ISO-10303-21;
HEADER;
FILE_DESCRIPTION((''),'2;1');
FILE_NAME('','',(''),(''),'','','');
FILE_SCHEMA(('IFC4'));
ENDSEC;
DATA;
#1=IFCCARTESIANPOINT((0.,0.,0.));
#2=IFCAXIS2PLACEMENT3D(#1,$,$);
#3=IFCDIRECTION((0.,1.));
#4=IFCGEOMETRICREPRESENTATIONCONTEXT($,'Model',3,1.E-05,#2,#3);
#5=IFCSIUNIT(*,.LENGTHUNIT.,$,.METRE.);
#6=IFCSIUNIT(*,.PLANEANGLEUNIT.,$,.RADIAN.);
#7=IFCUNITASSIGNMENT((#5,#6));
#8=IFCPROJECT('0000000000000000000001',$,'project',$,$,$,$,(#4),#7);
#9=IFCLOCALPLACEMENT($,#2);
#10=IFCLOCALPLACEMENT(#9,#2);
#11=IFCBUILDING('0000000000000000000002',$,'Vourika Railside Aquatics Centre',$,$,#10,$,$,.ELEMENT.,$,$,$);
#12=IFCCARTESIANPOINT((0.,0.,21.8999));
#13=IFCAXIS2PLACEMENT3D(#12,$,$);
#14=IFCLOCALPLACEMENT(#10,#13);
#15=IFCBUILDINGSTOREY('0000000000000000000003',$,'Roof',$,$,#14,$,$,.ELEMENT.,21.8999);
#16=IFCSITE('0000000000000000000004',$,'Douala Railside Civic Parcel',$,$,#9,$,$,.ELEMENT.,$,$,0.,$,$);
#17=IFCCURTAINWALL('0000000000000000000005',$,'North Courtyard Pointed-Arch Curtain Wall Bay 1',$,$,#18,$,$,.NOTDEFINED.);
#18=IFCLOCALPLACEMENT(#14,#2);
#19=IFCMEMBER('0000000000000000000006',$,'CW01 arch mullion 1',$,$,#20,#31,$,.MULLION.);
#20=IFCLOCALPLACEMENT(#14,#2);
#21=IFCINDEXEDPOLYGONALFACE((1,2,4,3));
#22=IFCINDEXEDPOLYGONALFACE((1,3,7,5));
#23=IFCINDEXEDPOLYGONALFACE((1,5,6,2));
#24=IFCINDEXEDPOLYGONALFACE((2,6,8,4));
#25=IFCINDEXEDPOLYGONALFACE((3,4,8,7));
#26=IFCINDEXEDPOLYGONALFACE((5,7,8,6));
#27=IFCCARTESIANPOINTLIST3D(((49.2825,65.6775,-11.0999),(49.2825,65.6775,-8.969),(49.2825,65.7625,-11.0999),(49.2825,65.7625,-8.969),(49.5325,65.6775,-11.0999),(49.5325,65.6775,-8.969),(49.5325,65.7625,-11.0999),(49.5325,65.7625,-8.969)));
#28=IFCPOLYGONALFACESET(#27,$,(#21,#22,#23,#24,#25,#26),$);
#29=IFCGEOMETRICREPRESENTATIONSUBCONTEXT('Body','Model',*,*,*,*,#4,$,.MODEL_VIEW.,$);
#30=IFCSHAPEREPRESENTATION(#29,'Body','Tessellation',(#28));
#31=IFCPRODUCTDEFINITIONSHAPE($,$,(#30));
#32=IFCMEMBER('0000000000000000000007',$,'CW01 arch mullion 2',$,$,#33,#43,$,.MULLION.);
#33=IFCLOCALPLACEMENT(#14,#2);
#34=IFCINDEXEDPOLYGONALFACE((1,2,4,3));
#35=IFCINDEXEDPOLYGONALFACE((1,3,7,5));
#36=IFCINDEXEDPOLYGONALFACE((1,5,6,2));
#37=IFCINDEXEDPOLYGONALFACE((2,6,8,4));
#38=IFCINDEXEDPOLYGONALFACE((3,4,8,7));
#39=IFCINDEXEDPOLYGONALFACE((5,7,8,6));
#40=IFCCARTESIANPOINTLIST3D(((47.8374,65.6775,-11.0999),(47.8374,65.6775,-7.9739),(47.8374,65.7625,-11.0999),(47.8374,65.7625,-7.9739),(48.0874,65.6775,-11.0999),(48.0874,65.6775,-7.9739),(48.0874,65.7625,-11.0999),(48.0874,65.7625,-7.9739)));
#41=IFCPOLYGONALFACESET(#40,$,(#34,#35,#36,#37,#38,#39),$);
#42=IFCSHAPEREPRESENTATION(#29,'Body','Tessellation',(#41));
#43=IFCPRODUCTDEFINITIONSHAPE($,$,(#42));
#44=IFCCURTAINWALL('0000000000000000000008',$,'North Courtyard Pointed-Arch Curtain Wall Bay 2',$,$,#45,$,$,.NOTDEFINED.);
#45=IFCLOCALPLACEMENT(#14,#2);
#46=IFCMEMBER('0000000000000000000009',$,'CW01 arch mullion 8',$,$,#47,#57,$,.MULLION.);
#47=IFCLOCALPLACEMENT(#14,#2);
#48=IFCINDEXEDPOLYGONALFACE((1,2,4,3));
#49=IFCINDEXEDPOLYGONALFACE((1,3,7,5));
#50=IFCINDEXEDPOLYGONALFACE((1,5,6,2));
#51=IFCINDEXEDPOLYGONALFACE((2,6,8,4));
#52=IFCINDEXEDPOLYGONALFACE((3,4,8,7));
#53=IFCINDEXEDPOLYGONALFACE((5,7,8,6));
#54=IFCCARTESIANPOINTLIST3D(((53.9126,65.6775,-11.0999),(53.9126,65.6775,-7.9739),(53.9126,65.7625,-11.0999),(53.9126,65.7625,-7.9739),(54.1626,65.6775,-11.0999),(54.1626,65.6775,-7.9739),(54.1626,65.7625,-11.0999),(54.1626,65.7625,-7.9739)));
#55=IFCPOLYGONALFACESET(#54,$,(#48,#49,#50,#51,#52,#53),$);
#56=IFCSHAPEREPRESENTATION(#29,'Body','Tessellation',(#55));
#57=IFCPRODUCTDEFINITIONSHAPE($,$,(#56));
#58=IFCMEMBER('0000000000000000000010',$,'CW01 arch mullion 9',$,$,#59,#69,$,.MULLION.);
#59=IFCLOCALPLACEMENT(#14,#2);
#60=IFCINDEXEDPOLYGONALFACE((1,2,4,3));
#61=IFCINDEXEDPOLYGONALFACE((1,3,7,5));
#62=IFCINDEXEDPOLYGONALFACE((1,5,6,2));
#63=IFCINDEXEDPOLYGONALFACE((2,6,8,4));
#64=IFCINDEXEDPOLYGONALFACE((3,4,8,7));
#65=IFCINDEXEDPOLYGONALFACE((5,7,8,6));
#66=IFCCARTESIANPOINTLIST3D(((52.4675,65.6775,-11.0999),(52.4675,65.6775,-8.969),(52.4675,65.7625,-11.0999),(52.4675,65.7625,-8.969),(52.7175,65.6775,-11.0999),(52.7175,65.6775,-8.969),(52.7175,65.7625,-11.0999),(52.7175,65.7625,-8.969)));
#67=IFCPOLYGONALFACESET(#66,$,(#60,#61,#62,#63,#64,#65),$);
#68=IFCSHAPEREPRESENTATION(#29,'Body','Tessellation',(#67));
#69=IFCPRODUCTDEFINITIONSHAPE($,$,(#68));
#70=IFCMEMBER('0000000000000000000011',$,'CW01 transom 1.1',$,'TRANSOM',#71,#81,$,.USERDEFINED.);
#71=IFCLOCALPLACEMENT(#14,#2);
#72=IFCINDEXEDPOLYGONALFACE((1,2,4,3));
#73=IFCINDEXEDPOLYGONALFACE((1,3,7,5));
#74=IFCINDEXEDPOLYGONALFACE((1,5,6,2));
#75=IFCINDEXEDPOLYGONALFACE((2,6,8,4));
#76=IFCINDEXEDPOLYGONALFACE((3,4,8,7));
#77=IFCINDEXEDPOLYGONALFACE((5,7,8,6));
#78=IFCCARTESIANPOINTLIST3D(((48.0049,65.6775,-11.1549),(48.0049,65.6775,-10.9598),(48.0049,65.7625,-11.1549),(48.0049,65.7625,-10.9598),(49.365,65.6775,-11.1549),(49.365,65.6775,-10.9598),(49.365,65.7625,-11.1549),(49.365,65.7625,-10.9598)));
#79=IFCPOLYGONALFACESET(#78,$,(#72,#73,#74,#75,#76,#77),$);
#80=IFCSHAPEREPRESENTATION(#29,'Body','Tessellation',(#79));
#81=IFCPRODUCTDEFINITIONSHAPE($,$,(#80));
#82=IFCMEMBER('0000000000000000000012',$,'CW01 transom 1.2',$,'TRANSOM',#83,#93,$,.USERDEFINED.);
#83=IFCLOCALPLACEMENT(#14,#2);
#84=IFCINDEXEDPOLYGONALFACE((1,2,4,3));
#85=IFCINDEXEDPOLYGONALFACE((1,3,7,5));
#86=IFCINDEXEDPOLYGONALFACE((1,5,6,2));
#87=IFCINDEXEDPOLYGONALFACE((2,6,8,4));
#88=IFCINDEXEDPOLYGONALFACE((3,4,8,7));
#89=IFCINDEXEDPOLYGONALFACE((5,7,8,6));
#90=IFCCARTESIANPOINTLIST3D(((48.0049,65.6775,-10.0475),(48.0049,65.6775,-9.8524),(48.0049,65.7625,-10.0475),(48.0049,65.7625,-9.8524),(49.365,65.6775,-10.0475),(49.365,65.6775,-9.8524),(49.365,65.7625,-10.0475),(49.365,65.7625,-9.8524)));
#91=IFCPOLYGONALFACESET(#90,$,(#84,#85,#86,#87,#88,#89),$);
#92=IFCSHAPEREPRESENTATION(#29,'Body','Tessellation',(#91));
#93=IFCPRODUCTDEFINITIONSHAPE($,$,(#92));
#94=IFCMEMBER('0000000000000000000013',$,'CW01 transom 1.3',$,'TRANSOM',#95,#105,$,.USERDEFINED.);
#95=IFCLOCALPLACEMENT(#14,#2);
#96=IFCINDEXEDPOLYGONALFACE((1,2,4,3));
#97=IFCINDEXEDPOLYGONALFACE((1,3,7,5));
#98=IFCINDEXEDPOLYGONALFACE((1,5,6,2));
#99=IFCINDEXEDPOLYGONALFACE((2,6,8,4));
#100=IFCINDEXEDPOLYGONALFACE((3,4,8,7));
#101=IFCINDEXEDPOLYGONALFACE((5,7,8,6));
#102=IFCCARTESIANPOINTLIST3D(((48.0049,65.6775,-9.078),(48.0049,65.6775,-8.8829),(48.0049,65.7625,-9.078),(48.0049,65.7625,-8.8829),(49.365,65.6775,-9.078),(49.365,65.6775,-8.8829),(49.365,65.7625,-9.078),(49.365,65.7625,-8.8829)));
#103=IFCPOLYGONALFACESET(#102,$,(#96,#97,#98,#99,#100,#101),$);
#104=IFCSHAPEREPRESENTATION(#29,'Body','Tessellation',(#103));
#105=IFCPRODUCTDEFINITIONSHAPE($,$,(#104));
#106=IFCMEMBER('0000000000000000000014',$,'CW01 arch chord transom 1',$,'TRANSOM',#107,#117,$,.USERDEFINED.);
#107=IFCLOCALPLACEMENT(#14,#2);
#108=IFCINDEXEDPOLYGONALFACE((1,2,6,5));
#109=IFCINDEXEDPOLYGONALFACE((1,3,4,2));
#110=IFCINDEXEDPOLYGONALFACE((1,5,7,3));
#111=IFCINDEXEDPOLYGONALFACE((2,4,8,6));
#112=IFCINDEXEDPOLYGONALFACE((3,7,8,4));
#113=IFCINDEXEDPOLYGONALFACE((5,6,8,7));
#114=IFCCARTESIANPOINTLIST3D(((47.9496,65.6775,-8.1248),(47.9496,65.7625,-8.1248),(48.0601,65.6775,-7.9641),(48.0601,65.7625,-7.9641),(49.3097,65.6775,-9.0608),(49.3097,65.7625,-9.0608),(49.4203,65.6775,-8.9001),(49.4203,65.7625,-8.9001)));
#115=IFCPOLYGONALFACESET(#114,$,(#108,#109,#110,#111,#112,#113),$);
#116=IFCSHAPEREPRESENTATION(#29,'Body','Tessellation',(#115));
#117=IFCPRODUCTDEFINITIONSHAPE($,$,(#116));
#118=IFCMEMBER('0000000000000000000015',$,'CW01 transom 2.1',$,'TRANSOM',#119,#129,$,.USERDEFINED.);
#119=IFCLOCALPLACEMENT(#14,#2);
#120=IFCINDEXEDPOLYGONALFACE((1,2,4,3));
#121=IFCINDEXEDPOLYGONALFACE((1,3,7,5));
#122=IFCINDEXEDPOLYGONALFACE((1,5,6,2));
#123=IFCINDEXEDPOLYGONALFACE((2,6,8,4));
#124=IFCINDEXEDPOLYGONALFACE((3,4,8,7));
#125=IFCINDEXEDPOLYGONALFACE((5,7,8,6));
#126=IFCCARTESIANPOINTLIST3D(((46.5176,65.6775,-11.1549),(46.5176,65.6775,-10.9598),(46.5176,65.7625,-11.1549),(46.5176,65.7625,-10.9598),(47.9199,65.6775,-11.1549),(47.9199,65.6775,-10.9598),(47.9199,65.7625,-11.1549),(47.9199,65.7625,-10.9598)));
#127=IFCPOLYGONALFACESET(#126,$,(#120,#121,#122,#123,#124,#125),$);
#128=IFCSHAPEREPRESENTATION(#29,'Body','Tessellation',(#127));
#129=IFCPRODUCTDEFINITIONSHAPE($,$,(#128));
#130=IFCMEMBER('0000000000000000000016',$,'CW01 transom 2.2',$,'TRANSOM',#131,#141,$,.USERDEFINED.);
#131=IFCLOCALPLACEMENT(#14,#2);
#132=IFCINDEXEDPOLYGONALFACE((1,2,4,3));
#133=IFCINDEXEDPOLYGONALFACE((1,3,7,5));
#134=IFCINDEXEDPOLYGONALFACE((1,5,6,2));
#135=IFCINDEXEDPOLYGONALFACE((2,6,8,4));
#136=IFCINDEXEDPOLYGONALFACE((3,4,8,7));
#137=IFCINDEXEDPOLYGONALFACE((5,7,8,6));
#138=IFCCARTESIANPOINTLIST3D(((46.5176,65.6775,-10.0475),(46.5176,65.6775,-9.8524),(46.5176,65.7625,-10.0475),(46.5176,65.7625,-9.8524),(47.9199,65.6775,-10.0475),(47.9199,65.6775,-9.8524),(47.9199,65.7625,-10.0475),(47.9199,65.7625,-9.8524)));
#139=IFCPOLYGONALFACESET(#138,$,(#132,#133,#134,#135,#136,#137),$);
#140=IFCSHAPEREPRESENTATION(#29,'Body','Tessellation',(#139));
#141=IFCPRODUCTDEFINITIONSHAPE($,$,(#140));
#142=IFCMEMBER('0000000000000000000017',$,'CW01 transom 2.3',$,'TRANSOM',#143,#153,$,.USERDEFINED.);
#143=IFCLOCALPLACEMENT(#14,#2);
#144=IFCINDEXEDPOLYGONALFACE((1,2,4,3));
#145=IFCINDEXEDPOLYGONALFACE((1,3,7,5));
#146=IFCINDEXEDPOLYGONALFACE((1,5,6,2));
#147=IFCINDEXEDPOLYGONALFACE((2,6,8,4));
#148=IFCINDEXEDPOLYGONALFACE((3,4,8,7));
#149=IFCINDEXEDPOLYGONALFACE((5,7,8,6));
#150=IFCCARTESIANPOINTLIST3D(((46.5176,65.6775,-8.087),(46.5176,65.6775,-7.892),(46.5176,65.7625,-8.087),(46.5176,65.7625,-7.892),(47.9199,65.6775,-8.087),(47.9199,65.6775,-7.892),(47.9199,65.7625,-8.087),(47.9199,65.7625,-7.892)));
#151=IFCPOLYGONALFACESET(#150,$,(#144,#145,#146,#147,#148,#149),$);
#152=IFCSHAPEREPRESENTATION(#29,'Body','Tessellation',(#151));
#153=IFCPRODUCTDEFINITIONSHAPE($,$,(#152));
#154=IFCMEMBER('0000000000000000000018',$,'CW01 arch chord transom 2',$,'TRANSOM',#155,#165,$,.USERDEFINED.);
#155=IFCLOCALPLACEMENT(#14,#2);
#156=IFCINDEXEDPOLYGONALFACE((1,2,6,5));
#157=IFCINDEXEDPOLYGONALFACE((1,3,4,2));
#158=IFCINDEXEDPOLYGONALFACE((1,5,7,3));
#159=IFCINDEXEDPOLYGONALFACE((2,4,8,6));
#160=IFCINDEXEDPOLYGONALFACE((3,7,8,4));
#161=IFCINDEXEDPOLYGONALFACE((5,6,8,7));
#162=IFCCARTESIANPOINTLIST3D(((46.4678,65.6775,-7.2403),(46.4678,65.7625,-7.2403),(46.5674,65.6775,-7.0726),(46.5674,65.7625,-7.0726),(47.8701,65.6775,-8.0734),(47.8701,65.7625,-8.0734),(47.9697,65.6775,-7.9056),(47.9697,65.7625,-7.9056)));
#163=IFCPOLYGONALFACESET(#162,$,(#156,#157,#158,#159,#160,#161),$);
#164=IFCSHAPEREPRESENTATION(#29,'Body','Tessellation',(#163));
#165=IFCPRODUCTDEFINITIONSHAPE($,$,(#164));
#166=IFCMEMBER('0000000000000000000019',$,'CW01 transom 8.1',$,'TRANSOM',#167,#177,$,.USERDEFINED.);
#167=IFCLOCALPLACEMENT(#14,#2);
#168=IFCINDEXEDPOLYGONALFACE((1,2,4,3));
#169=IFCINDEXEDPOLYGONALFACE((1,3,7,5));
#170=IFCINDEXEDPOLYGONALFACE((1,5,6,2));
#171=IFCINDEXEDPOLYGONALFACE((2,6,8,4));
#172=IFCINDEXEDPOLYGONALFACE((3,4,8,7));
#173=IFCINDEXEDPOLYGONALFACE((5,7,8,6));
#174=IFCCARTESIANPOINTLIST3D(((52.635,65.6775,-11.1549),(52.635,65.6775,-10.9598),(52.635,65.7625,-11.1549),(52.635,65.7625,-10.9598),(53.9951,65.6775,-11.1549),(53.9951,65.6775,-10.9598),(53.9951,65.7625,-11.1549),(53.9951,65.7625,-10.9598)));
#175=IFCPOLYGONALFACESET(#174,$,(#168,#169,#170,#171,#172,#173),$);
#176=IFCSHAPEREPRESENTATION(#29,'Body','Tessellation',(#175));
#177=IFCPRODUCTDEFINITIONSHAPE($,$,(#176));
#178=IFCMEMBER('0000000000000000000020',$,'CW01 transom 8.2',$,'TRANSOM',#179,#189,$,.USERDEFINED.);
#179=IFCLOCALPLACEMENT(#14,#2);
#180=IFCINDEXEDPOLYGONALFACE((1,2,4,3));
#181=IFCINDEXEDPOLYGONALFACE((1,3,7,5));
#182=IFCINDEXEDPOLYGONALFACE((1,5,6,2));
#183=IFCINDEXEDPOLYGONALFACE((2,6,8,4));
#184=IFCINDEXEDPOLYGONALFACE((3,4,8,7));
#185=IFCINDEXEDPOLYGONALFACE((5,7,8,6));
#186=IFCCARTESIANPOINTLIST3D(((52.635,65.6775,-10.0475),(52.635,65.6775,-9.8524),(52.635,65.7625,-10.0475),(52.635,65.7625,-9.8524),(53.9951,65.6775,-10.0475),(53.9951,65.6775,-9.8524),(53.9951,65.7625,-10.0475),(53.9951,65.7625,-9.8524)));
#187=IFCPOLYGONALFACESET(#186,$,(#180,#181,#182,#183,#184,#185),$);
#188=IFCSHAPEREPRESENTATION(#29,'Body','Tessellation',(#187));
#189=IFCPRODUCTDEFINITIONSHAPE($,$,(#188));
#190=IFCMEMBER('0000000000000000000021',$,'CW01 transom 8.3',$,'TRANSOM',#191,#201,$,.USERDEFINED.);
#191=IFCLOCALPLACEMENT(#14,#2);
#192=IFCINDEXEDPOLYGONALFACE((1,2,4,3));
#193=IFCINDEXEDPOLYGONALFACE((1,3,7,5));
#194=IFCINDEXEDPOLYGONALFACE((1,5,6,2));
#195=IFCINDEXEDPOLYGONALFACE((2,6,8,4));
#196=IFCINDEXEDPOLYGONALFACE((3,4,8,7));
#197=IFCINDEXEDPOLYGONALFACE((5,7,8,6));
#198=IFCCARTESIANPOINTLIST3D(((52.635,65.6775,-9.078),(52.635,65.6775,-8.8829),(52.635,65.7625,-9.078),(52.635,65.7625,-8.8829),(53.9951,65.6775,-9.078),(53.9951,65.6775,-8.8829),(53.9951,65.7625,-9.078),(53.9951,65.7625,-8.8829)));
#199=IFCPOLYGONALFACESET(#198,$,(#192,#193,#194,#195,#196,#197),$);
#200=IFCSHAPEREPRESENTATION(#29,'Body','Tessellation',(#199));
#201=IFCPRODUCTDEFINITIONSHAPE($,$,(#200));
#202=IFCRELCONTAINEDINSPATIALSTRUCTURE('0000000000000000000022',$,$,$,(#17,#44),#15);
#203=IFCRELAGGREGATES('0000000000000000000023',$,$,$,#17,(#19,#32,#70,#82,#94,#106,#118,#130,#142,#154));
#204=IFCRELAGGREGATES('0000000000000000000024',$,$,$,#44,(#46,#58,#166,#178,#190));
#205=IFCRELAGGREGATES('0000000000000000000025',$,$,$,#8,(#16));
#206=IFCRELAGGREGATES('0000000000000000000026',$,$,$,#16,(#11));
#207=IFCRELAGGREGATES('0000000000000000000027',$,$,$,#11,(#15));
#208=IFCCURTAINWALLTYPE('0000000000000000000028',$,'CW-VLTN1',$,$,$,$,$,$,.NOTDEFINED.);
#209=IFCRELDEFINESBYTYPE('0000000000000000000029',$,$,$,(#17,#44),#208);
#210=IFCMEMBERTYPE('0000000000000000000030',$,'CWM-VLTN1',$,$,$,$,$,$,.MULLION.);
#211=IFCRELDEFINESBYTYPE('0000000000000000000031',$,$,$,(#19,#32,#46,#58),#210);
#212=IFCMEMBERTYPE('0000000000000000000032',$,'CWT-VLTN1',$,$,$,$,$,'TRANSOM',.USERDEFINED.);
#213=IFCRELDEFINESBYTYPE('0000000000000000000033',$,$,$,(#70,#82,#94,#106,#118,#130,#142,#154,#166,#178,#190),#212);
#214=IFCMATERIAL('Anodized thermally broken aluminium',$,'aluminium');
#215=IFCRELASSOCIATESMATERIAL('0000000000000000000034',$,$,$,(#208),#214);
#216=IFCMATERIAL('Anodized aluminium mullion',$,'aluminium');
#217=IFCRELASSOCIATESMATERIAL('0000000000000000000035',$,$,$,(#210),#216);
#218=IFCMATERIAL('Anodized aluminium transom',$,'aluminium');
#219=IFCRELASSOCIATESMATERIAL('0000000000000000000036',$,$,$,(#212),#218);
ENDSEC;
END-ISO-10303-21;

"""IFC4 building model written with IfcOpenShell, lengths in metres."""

from ifc_helpers import new_model, si_unit, direction, frame, origin, origin_2d, place, context, subcontext, project, spatial, rectangle, extrude, material, material_profile, profile_set, type_object, element, aggregate, save


model = new_model("IFC4")

# Units and contexts
model_context = context("Model", 3, precision=1e-05, world=origin(), true_north=direction((0.0, 1.0)))
body_context = subcontext(model_context, "Body", "Model", "MODEL_VIEW")
ifc_project = project(units=[si_unit("LENGTHUNIT", "METRE"), si_unit("PLANEANGLEUNIT", "RADIAN")], contexts=[model_context])

# Site, building, storey
site_placement = place(None, origin())
site = spatial("IfcSite", under=ifc_project, at=site_placement, Name="Douala Railside Civic Parcel", CompositionType="ELEMENT", RefElevation=0.0)
building_placement = place(site_placement, origin())
building = spatial("IfcBuilding", under=site, at=building_placement, Name="Vourika Railside Aquatics Centre", CompositionType="ELEMENT")
storey_placement = place(building_placement, frame((0.0, 0.0, 21.8999)))
storey = spatial("IfcBuildingStorey", under=building, at=storey_placement, Name="Roof", CompositionType="ELEMENT", Elevation=21.8999)

# Curtain walls, members
ifc_material_1 = material(Name="Anodized thermally broken aluminium", Category="aluminium")
curtain_wall_type = type_object("IfcCurtainWallType", Name="CW-VLTN1", PredefinedType="NOTDEFINED", material=ifc_material_1)
curtain_wall_1_placement = place(storey_placement, origin())
curtain_wall_1 = element("IfcCurtainWall", 1, at=curtain_wall_1_placement, inside=storey, type_object=curtain_wall_type, Name="North Courtyard Pointed-Arch Curtain Wall Bay 1", PredefinedType="NOTDEFINED")
ifc_material_2 = material(Name="Anodized aluminium mullion", Category="aluminium")
ifc_material_profile_1 = material_profile(ifc_material_2, rectangle(XDim=0.085, YDim=0.25, at=origin_2d()), Name="ALU-M 85x250")
ifc_profile_set_1 = profile_set([ifc_material_profile_1], Name="Anodized aluminium mullion")
member_type_1 = type_object("IfcMemberType", Name="CWM-VLTN1", PredefinedType="MULLION", material=ifc_profile_set_1)
member_1_placement = place(storey_placement, frame((49.4075, 65.72, -11.0999), z_axis=(0.0, 0.0, 1.0), x_axis=(0.0, -1.0, 0.0)))
member_1 = element("IfcMember", 2, at=member_1_placement, type_object=member_type_1, Name="CW01 arch mullion 1", PredefinedType="MULLION", context=body_context, shape_type="SweptSolid", body=[
    extrude(rectangle(XDim=0.085, YDim=0.25, at=origin_2d()), origin(), (0.0, 0.0, 1.0), 2.1309),
])
member_2_placement = place(storey_placement, frame((47.9624, 65.72, -11.0999), z_axis=(0.0, 0.0, 1.0), x_axis=(0.0, -1.0, 0.0)))
member_2 = element("IfcMember", 3, at=member_2_placement, type_object=member_type_1, Name="CW01 arch mullion 2", PredefinedType="MULLION", context=body_context, shape_type="SweptSolid", body=[
    extrude(rectangle(XDim=0.085, YDim=0.25, at=origin_2d()), origin(), (0.0, 0.0, 1.0), 3.126),
])
curtain_wall_2_placement = place(storey_placement, origin())
curtain_wall_2 = element("IfcCurtainWall", 4, at=curtain_wall_2_placement, inside=storey, type_object=curtain_wall_type, Name="North Courtyard Pointed-Arch Curtain Wall Bay 2", PredefinedType="NOTDEFINED")
member_3_placement = place(storey_placement, frame((54.0376, 65.72, -11.0999), z_axis=(0.0, 0.0, 1.0), x_axis=(0.0, -1.0, 0.0)))
member_3 = element("IfcMember", 5, at=member_3_placement, type_object=member_type_1, Name="CW01 arch mullion 8", PredefinedType="MULLION", context=body_context, shape_type="SweptSolid", body=[
    extrude(rectangle(XDim=0.085, YDim=0.25, at=origin_2d()), origin(), (0.0, 0.0, 1.0), 3.126),
])
member_4_placement = place(storey_placement, frame((52.5925, 65.72, -11.0999), z_axis=(0.0, 0.0, 1.0), x_axis=(0.0, -1.0, 0.0)))
member_4 = element("IfcMember", 6, at=member_4_placement, type_object=member_type_1, Name="CW01 arch mullion 9", PredefinedType="MULLION", context=body_context, shape_type="SweptSolid", body=[
    extrude(rectangle(XDim=0.085, YDim=0.25, at=origin_2d()), origin(), (0.0, 0.0, 1.0), 2.1309),
])

# Members
ifc_material_3 = material(Name="Anodized aluminium transom", Category="aluminium")
ifc_material_profile_2 = material_profile(ifc_material_3, rectangle(XDim=0.085, YDim=0.1951, at=origin_2d()), Name="ALU-T 85x195")
ifc_profile_set_2 = profile_set([ifc_material_profile_2], Name="Anodized aluminium transom")
member_type_2 = type_object("IfcMemberType", Name="CWT-VLTN1", ElementType="TRANSOM", PredefinedType="USERDEFINED", material=ifc_profile_set_2)
member_5_placement = place(storey_placement, frame((49.365, 65.72, -11.0574), z_axis=(-1.0, 0.0, 0.0), x_axis=(0.0, -1.0, 0.0)))
member_5 = element("IfcMember", 7, at=member_5_placement, type_object=member_type_2, Name="CW01 transom 1.1", ObjectType="TRANSOM", PredefinedType="USERDEFINED", context=body_context, shape_type="SweptSolid", body=[
    extrude(rectangle(XDim=0.085, YDim=0.1951, at=origin_2d()), origin(), (0.0, 0.0, 1.0), 1.3601),
])
member_6_placement = place(storey_placement, frame((49.365, 65.72, -9.95), z_axis=(-1.0, 0.0, 0.0), x_axis=(0.0, -1.0, 0.0)))
member_6 = element("IfcMember", 8, at=member_6_placement, type_object=member_type_2, Name="CW01 transom 1.2", ObjectType="TRANSOM", PredefinedType="USERDEFINED", context=body_context, shape_type="SweptSolid", body=[
    extrude(rectangle(XDim=0.085, YDim=0.1951, at=origin_2d()), origin(), (0.0, 0.0, 1.0), 1.3601),
])
member_7_placement = place(storey_placement, frame((49.365, 65.72, -8.9805), z_axis=(-1.0, 0.0, 0.0), x_axis=(0.0, -1.0, 0.0)))
member_7 = element("IfcMember", 9, at=member_7_placement, type_object=member_type_2, Name="CW01 transom 1.3", ObjectType="TRANSOM", PredefinedType="USERDEFINED", context=body_context, shape_type="SweptSolid", body=[
    extrude(rectangle(XDim=0.085, YDim=0.1951, at=origin_2d()), origin(), (0.0, 0.0, 1.0), 1.3601),
])
member_8_placement = place(storey_placement, frame((49.365, 65.72, -8.9805), z_axis=(-0.82377, 0.0, 0.566924), x_axis=(0.0, -1.0, 0.0)))
member_8 = element("IfcMember", 10, at=member_8_placement, type_object=member_type_2, Name="CW01 arch chord transom 1", ObjectType="TRANSOM", PredefinedType="USERDEFINED", context=body_context, shape_type="SweptSolid", body=[
    extrude(rectangle(XDim=0.085, YDim=0.1951, at=origin_2d()), origin(), (0.0, 0.0, 1.0), 1.6511),
])
member_9_placement = place(storey_placement, frame((47.9199, 65.72, -11.0574), z_axis=(-1.0, 0.0, 0.0), x_axis=(0.0, -1.0, 0.0)))
member_9 = element("IfcMember", 11, at=member_9_placement, type_object=member_type_2, Name="CW01 transom 2.1", ObjectType="TRANSOM", PredefinedType="USERDEFINED", context=body_context, shape_type="SweptSolid", body=[
    extrude(rectangle(XDim=0.085, YDim=0.1951, at=origin_2d()), origin(), (0.0, 0.0, 1.0), 1.4023),
])
member_10_placement = place(storey_placement, frame((47.9199, 65.72, -9.95), z_axis=(-1.0, 0.0, 0.0), x_axis=(0.0, -1.0, 0.0)))
member_10 = element("IfcMember", 12, at=member_10_placement, type_object=member_type_2, Name="CW01 transom 2.2", ObjectType="TRANSOM", PredefinedType="USERDEFINED", context=body_context, shape_type="SweptSolid", body=[
    extrude(rectangle(XDim=0.085, YDim=0.1951, at=origin_2d()), origin(), (0.0, 0.0, 1.0), 1.4023),
])
member_11_placement = place(storey_placement, frame((47.9199, 65.72, -7.9895), z_axis=(-1.0, 0.0, 0.0), x_axis=(0.0, -1.0, 0.0)))
member_11 = element("IfcMember", 13, at=member_11_placement, type_object=member_type_2, Name="CW01 transom 2.3", ObjectType="TRANSOM", PredefinedType="USERDEFINED", context=body_context, shape_type="SweptSolid", body=[
    extrude(rectangle(XDim=0.085, YDim=0.1951, at=origin_2d()), origin(), (0.0, 0.0, 1.0), 1.4023),
])
member_12_placement = place(storey_placement, frame((47.9199, 65.72, -7.9895), z_axis=(-0.859756, 0.0, 0.510705), x_axis=(0.0, -1.0, 0.0)))
member_12 = element("IfcMember", 14, at=member_12_placement, type_object=member_type_2, Name="CW01 arch chord transom 2", ObjectType="TRANSOM", PredefinedType="USERDEFINED", context=body_context, shape_type="SweptSolid", body=[
    extrude(rectangle(XDim=0.085, YDim=0.1951, at=origin_2d()), origin(), (0.0, 0.0, 1.0), 1.6311),
])
member_13_placement = place(storey_placement, frame((53.9951, 65.72, -11.0574), z_axis=(-1.0, 0.0, 0.0), x_axis=(0.0, -1.0, 0.0)))
member_13 = element("IfcMember", 15, at=member_13_placement, type_object=member_type_2, Name="CW01 transom 8.1", ObjectType="TRANSOM", PredefinedType="USERDEFINED", context=body_context, shape_type="SweptSolid", body=[
    extrude(rectangle(XDim=0.085, YDim=0.1951, at=origin_2d()), origin(), (0.0, 0.0, 1.0), 1.3601),
])
member_14_placement = place(storey_placement, frame((53.9951, 65.72, -9.95), z_axis=(-1.0, 0.0, 0.0), x_axis=(0.0, -1.0, 0.0)))
member_14 = element("IfcMember", 16, at=member_14_placement, type_object=member_type_2, Name="CW01 transom 8.2", ObjectType="TRANSOM", PredefinedType="USERDEFINED", context=body_context, shape_type="SweptSolid", body=[
    extrude(rectangle(XDim=0.085, YDim=0.1951, at=origin_2d()), origin(), (0.0, 0.0, 1.0), 1.3601),
])
member_15_placement = place(storey_placement, frame((53.9951, 65.72, -8.9805), z_axis=(-1.0, 0.0, 0.0), x_axis=(0.0, -1.0, 0.0)))
member_15 = element("IfcMember", 17, at=member_15_placement, type_object=member_type_2, Name="CW01 transom 8.3", ObjectType="TRANSOM", PredefinedType="USERDEFINED", context=body_context, shape_type="SweptSolid", body=[
    extrude(rectangle(XDim=0.085, YDim=0.1951, at=origin_2d()), origin(), (0.0, 0.0, 1.0), 1.3601),
])

aggregate(curtain_wall_1, [member_1, member_2, member_5, member_6, member_7, member_8, member_9, member_10, member_11, member_12])
aggregate(curtain_wall_2, [member_3, member_4, member_13, member_14, member_15])

save(model, "model.ifc")
